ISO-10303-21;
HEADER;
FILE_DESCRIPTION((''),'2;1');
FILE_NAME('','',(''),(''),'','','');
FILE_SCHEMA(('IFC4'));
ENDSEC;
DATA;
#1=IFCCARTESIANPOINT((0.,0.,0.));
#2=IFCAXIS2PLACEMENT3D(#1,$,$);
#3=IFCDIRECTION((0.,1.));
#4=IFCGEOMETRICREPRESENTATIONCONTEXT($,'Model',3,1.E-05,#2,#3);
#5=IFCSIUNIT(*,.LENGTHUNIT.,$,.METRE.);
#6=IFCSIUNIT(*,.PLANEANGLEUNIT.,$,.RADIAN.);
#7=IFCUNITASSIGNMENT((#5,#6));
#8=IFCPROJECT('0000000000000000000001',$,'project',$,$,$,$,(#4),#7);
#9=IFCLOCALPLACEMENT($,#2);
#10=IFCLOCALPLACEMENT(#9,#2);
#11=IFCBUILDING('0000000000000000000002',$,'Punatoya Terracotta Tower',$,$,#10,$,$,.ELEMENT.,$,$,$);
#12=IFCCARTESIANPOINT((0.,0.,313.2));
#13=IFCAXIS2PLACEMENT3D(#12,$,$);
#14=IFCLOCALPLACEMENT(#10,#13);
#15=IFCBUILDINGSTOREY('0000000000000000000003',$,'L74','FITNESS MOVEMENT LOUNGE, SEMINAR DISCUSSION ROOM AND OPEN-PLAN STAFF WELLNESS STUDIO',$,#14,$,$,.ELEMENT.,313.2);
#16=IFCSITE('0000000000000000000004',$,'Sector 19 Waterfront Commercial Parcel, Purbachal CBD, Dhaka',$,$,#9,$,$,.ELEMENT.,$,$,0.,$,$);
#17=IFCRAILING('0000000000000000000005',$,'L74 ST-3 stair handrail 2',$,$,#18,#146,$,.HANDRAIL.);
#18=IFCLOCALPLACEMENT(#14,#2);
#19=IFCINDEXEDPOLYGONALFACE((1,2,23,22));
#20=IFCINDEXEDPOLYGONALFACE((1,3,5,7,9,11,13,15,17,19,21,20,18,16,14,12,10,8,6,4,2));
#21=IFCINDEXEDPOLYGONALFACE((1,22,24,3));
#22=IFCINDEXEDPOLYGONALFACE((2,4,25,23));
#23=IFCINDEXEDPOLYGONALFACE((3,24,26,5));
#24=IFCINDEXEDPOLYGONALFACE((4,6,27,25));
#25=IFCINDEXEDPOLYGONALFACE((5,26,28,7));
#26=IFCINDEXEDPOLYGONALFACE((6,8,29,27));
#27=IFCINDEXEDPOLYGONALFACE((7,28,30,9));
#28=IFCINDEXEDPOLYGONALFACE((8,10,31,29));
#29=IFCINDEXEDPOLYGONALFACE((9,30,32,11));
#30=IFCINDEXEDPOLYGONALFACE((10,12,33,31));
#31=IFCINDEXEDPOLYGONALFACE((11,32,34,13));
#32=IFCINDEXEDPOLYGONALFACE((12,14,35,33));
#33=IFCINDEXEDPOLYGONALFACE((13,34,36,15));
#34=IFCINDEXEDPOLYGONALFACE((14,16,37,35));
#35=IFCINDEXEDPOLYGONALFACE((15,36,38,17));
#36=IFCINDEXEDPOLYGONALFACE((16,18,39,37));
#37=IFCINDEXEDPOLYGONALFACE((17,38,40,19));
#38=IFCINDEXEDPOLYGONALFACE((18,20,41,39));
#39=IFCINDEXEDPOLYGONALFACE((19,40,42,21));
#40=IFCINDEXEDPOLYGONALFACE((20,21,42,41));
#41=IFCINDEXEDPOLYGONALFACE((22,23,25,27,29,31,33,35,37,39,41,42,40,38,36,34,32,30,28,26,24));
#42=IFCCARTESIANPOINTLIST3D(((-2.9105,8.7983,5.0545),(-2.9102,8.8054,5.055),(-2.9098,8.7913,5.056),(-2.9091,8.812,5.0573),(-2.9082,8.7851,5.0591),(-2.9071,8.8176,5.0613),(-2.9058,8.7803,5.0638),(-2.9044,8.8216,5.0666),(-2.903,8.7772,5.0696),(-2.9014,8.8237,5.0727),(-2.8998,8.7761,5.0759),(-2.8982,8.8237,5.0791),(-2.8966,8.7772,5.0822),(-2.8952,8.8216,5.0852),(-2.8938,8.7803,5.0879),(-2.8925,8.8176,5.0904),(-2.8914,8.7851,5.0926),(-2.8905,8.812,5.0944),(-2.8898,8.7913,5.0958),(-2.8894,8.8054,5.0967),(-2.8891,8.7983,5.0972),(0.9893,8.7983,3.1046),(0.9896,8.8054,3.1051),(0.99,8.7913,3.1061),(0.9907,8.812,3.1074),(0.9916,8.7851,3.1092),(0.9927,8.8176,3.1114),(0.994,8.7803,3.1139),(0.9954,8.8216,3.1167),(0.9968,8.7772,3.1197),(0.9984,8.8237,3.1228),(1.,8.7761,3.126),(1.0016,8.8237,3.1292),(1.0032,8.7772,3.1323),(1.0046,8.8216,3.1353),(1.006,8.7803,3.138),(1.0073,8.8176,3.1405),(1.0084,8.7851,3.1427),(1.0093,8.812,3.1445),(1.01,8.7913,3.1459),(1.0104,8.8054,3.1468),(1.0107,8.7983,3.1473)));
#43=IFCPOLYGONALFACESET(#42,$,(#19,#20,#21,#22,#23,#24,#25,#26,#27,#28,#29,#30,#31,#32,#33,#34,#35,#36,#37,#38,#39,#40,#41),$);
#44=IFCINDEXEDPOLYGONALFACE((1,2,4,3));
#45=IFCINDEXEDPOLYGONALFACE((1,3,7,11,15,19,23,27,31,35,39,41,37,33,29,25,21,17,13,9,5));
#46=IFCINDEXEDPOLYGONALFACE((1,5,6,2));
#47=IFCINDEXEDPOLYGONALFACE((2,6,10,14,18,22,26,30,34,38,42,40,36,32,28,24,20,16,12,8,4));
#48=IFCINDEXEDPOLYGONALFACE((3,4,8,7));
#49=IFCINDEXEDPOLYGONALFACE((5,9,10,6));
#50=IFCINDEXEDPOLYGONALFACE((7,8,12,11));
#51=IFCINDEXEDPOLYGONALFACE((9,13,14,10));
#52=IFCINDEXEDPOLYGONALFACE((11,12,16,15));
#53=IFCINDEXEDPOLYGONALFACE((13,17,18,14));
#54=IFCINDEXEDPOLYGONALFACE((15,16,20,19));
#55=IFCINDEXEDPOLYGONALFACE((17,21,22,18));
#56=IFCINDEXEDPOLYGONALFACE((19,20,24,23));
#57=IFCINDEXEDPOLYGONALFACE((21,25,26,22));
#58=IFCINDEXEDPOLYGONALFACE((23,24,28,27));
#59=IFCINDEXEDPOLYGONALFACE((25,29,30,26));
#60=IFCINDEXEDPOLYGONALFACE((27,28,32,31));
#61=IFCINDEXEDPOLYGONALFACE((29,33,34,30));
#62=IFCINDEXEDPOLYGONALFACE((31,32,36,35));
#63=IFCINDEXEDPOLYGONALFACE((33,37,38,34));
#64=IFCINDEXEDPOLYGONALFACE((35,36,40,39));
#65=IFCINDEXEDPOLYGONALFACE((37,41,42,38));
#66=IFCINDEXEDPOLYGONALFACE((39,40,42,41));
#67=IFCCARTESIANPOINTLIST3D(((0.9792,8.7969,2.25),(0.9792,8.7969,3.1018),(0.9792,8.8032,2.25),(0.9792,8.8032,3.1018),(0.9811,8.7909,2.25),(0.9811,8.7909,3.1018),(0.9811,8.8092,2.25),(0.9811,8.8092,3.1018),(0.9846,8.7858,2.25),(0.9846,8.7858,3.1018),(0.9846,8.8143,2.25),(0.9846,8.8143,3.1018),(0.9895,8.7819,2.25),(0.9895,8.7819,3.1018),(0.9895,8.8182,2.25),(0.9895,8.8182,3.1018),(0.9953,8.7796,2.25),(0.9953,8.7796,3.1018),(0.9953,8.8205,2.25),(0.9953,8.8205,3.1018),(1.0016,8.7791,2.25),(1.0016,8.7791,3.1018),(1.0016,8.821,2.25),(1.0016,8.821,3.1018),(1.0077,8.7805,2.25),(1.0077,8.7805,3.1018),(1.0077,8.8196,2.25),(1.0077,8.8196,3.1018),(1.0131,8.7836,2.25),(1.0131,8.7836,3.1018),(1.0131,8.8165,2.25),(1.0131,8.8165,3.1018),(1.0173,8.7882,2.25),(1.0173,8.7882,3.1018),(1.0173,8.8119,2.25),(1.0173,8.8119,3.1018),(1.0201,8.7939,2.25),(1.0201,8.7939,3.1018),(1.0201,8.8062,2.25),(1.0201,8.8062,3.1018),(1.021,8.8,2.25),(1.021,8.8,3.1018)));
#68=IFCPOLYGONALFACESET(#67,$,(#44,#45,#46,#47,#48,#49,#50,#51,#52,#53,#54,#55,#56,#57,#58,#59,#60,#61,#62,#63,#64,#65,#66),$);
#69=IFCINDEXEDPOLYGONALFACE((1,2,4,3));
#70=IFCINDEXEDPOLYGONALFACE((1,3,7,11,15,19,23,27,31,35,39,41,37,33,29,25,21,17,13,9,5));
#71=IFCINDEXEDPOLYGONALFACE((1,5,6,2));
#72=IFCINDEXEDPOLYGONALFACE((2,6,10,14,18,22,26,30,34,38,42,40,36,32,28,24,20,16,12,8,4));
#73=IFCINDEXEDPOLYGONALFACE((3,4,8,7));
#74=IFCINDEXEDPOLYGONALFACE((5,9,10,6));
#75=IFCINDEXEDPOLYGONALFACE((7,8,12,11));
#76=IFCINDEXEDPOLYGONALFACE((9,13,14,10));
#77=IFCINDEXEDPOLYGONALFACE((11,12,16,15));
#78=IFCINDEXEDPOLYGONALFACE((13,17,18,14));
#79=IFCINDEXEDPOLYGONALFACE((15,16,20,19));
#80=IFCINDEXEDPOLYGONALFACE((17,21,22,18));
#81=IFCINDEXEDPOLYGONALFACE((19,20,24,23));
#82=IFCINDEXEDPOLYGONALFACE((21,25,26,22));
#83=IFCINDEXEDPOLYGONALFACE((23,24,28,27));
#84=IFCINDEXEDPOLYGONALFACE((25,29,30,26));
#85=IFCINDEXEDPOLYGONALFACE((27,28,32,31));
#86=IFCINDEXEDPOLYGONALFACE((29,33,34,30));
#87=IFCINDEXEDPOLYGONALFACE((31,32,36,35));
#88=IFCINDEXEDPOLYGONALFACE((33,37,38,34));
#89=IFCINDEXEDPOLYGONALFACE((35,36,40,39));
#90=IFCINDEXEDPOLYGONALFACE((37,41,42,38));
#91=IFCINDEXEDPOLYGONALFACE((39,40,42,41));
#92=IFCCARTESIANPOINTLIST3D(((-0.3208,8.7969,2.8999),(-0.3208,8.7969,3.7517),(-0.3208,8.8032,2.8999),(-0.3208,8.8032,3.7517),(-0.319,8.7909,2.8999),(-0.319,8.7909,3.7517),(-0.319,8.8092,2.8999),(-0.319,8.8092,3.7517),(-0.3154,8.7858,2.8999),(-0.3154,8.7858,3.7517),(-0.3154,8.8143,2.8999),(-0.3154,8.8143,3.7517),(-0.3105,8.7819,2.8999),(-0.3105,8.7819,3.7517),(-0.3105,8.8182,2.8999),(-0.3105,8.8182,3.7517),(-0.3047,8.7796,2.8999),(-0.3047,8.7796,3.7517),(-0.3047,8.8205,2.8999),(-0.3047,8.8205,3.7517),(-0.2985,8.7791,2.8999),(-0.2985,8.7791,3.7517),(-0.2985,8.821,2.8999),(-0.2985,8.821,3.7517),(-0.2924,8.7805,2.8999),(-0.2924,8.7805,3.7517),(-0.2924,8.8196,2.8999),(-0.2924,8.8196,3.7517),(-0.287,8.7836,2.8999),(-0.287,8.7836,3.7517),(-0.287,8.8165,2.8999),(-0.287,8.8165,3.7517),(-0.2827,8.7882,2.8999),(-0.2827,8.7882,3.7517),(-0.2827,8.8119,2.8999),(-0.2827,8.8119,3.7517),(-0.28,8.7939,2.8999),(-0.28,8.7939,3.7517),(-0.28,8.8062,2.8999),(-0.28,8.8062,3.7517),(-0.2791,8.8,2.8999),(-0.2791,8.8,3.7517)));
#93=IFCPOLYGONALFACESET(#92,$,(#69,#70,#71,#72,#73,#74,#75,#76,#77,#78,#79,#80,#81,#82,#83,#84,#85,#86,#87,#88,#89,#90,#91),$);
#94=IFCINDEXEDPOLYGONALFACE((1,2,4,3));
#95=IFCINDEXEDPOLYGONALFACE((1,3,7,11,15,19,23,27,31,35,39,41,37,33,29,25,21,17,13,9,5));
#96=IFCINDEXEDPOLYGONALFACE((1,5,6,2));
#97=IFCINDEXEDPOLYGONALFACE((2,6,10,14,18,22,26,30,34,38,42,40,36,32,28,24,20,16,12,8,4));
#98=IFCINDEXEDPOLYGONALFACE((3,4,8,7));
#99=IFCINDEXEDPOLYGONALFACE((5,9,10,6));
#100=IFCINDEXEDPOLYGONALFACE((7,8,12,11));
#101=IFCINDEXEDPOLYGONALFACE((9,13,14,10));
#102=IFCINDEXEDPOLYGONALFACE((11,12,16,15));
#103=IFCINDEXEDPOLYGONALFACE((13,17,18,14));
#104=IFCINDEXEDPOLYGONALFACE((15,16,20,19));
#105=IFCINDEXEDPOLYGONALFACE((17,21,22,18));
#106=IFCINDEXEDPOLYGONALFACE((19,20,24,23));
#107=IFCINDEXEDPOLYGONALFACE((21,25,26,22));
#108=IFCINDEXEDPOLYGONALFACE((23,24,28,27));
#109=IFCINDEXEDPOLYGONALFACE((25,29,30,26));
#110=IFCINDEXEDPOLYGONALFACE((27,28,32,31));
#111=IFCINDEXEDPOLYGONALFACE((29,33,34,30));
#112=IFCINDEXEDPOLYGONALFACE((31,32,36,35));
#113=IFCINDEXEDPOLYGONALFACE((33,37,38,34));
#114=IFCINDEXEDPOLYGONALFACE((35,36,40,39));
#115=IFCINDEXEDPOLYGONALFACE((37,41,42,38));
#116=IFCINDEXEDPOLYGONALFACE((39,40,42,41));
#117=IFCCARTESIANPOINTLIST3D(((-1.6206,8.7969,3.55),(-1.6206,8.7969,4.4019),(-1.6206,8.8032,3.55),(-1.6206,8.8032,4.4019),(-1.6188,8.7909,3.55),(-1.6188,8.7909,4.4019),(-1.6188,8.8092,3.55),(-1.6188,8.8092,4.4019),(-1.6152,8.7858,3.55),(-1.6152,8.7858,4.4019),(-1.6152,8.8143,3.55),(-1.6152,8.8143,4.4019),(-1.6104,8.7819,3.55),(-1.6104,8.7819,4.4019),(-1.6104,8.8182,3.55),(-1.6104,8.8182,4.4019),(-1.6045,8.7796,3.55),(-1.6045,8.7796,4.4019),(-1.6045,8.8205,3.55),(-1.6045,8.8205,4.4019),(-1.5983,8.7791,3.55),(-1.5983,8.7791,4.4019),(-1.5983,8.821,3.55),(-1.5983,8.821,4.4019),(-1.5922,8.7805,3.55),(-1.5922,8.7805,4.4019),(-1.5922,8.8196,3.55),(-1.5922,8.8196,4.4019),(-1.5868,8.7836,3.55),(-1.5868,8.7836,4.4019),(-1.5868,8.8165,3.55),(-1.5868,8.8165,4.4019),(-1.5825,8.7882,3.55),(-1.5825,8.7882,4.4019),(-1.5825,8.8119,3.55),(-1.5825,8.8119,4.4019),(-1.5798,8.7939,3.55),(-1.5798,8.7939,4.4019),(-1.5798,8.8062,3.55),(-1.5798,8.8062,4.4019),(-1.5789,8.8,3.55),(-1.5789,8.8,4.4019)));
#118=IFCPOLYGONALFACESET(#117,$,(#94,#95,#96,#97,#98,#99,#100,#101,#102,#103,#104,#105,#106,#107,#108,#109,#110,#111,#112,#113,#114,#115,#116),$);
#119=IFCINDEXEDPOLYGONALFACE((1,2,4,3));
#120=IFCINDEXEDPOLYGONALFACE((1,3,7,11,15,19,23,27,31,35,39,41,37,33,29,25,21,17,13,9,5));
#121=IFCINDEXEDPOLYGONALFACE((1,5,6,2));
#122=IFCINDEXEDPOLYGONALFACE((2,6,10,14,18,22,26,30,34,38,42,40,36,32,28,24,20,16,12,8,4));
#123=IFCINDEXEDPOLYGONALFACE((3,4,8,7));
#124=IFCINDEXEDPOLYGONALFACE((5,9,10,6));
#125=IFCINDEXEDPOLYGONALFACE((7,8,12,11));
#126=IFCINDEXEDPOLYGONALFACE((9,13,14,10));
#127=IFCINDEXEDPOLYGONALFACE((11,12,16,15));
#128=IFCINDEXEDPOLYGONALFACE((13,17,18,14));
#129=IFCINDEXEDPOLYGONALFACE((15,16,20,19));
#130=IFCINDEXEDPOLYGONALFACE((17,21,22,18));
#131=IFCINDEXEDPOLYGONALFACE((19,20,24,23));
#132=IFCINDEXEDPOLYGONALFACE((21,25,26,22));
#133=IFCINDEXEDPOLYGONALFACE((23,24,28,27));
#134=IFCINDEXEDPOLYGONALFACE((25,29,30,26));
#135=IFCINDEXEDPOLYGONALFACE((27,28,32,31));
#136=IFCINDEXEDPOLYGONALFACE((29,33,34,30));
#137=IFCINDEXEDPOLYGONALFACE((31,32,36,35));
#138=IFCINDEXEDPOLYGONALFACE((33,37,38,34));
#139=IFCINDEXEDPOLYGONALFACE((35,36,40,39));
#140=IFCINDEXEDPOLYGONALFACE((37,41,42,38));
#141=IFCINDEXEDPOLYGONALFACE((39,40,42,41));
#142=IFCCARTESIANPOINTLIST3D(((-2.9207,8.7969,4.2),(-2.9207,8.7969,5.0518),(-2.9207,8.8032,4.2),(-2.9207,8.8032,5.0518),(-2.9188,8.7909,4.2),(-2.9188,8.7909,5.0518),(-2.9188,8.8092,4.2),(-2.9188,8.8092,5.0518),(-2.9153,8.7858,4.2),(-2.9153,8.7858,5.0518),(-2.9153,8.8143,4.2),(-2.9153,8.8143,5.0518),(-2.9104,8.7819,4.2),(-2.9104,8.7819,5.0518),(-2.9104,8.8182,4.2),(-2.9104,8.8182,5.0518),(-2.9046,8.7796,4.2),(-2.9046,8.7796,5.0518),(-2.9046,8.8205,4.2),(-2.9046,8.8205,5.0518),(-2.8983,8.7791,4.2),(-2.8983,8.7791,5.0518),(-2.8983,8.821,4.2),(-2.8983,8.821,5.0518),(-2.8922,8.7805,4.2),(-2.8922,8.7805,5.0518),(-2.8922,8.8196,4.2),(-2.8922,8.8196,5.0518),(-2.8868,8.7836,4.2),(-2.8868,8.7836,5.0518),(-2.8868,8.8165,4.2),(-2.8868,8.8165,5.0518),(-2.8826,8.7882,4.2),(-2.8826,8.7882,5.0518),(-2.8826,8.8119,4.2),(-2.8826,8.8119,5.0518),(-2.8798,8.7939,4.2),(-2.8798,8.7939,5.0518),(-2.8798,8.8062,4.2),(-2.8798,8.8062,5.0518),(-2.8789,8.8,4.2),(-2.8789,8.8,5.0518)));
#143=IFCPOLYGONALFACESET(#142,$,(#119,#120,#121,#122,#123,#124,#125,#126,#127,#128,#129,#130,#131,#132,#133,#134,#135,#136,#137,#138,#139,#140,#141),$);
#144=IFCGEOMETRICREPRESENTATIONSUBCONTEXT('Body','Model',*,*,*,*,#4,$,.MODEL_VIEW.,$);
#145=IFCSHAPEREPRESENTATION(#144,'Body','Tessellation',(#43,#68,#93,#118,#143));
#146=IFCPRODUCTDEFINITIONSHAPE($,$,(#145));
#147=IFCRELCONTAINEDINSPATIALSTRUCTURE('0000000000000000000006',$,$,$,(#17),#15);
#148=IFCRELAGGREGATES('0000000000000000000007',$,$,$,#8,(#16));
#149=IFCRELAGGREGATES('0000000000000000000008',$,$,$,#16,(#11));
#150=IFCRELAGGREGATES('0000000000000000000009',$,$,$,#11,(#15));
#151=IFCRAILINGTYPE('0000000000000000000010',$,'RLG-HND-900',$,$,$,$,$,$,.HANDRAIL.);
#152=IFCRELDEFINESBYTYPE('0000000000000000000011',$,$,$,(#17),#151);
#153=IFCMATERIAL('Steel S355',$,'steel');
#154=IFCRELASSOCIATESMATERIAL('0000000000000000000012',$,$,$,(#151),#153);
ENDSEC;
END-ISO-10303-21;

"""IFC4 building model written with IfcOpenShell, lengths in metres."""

from ifc_helpers import new_model, si_unit, direction, frame, origin, origin_2d, place, context, subcontext, project, spatial, circle, extrude, material, type_object, element, save


model = new_model("IFC4")

# Units and contexts
model_context = context("Model", 3, precision=1e-05, world=origin(), true_north=direction((0.0, 1.0)))
body_context = subcontext(model_context, "Body", "Model", "MODEL_VIEW")
ifc_project = project(units=[si_unit("LENGTHUNIT", "METRE"), si_unit("PLANEANGLEUNIT", "RADIAN")], contexts=[model_context])

# Site, building, storey
site_placement = place(None, origin())
site = spatial("IfcSite", under=ifc_project, at=site_placement, Name="Sector 19 Waterfront Commercial Parcel, Purbachal CBD, Dhaka", CompositionType="ELEMENT", RefElevation=0.0)
building_placement = place(site_placement, origin())
building = spatial("IfcBuilding", under=site, at=building_placement, Name="Punatoya Terracotta Tower", CompositionType="ELEMENT")
storey_placement = place(building_placement, frame((0.0, 0.0, 313.2)))
storey = spatial("IfcBuildingStorey", under=building, at=storey_placement, Name="L74", Description="FITNESS MOVEMENT LOUNGE, SEMINAR DISCUSSION ROOM AND OPEN-PLAN STAFF WELLNESS STUDIO", CompositionType="ELEMENT", Elevation=313.2)

# Shared definitions
ifc_material_1 = material(Name="Steel S355", Category="steel")

# Railing
railing_type_1 = type_object("IfcRailingType", Name="RLG-HND-900", PredefinedType="HANDRAIL", material=ifc_material_1)
railing_1_placement = place(storey_placement, frame((1.0, 8.8, 2.25)))
element("IfcRailing", 1, at=railing_1_placement, inside=storey, type_object=railing_type_1, Name="L74 ST-3 stair handrail 2", PredefinedType="HANDRAIL", context=body_context, shape_type="SweptSolid", body=[
    extrude(circle(Radius=0.0239, at=origin_2d()), frame((0.0, 0.0, 0.876), z_axis=(-0.894427, 0.0, 0.447214), x_axis=(0.0, -1.0, 0.0)), (0.0, 0.0, 1.0), 4.3601),
    extrude(circle(Radius=0.021, at=origin_2d()), origin(), (0.0, 0.0, 1.0), 0.8518),
    extrude(circle(Radius=0.021, at=origin_2d()), frame((-1.3, 0.0, 0.6499)), (0.0, 0.0, 1.0), 0.8518),
    extrude(circle(Radius=0.021, at=origin_2d()), frame((-2.5999, 0.0, 1.3)), (0.0, 0.0, 1.0), 0.8518),
    extrude(circle(Radius=0.021, at=origin_2d()), frame((-3.8999, 0.0, 1.95)), (0.0, 0.0, 1.0), 0.8518),
])

save(model, "model.ifc")
